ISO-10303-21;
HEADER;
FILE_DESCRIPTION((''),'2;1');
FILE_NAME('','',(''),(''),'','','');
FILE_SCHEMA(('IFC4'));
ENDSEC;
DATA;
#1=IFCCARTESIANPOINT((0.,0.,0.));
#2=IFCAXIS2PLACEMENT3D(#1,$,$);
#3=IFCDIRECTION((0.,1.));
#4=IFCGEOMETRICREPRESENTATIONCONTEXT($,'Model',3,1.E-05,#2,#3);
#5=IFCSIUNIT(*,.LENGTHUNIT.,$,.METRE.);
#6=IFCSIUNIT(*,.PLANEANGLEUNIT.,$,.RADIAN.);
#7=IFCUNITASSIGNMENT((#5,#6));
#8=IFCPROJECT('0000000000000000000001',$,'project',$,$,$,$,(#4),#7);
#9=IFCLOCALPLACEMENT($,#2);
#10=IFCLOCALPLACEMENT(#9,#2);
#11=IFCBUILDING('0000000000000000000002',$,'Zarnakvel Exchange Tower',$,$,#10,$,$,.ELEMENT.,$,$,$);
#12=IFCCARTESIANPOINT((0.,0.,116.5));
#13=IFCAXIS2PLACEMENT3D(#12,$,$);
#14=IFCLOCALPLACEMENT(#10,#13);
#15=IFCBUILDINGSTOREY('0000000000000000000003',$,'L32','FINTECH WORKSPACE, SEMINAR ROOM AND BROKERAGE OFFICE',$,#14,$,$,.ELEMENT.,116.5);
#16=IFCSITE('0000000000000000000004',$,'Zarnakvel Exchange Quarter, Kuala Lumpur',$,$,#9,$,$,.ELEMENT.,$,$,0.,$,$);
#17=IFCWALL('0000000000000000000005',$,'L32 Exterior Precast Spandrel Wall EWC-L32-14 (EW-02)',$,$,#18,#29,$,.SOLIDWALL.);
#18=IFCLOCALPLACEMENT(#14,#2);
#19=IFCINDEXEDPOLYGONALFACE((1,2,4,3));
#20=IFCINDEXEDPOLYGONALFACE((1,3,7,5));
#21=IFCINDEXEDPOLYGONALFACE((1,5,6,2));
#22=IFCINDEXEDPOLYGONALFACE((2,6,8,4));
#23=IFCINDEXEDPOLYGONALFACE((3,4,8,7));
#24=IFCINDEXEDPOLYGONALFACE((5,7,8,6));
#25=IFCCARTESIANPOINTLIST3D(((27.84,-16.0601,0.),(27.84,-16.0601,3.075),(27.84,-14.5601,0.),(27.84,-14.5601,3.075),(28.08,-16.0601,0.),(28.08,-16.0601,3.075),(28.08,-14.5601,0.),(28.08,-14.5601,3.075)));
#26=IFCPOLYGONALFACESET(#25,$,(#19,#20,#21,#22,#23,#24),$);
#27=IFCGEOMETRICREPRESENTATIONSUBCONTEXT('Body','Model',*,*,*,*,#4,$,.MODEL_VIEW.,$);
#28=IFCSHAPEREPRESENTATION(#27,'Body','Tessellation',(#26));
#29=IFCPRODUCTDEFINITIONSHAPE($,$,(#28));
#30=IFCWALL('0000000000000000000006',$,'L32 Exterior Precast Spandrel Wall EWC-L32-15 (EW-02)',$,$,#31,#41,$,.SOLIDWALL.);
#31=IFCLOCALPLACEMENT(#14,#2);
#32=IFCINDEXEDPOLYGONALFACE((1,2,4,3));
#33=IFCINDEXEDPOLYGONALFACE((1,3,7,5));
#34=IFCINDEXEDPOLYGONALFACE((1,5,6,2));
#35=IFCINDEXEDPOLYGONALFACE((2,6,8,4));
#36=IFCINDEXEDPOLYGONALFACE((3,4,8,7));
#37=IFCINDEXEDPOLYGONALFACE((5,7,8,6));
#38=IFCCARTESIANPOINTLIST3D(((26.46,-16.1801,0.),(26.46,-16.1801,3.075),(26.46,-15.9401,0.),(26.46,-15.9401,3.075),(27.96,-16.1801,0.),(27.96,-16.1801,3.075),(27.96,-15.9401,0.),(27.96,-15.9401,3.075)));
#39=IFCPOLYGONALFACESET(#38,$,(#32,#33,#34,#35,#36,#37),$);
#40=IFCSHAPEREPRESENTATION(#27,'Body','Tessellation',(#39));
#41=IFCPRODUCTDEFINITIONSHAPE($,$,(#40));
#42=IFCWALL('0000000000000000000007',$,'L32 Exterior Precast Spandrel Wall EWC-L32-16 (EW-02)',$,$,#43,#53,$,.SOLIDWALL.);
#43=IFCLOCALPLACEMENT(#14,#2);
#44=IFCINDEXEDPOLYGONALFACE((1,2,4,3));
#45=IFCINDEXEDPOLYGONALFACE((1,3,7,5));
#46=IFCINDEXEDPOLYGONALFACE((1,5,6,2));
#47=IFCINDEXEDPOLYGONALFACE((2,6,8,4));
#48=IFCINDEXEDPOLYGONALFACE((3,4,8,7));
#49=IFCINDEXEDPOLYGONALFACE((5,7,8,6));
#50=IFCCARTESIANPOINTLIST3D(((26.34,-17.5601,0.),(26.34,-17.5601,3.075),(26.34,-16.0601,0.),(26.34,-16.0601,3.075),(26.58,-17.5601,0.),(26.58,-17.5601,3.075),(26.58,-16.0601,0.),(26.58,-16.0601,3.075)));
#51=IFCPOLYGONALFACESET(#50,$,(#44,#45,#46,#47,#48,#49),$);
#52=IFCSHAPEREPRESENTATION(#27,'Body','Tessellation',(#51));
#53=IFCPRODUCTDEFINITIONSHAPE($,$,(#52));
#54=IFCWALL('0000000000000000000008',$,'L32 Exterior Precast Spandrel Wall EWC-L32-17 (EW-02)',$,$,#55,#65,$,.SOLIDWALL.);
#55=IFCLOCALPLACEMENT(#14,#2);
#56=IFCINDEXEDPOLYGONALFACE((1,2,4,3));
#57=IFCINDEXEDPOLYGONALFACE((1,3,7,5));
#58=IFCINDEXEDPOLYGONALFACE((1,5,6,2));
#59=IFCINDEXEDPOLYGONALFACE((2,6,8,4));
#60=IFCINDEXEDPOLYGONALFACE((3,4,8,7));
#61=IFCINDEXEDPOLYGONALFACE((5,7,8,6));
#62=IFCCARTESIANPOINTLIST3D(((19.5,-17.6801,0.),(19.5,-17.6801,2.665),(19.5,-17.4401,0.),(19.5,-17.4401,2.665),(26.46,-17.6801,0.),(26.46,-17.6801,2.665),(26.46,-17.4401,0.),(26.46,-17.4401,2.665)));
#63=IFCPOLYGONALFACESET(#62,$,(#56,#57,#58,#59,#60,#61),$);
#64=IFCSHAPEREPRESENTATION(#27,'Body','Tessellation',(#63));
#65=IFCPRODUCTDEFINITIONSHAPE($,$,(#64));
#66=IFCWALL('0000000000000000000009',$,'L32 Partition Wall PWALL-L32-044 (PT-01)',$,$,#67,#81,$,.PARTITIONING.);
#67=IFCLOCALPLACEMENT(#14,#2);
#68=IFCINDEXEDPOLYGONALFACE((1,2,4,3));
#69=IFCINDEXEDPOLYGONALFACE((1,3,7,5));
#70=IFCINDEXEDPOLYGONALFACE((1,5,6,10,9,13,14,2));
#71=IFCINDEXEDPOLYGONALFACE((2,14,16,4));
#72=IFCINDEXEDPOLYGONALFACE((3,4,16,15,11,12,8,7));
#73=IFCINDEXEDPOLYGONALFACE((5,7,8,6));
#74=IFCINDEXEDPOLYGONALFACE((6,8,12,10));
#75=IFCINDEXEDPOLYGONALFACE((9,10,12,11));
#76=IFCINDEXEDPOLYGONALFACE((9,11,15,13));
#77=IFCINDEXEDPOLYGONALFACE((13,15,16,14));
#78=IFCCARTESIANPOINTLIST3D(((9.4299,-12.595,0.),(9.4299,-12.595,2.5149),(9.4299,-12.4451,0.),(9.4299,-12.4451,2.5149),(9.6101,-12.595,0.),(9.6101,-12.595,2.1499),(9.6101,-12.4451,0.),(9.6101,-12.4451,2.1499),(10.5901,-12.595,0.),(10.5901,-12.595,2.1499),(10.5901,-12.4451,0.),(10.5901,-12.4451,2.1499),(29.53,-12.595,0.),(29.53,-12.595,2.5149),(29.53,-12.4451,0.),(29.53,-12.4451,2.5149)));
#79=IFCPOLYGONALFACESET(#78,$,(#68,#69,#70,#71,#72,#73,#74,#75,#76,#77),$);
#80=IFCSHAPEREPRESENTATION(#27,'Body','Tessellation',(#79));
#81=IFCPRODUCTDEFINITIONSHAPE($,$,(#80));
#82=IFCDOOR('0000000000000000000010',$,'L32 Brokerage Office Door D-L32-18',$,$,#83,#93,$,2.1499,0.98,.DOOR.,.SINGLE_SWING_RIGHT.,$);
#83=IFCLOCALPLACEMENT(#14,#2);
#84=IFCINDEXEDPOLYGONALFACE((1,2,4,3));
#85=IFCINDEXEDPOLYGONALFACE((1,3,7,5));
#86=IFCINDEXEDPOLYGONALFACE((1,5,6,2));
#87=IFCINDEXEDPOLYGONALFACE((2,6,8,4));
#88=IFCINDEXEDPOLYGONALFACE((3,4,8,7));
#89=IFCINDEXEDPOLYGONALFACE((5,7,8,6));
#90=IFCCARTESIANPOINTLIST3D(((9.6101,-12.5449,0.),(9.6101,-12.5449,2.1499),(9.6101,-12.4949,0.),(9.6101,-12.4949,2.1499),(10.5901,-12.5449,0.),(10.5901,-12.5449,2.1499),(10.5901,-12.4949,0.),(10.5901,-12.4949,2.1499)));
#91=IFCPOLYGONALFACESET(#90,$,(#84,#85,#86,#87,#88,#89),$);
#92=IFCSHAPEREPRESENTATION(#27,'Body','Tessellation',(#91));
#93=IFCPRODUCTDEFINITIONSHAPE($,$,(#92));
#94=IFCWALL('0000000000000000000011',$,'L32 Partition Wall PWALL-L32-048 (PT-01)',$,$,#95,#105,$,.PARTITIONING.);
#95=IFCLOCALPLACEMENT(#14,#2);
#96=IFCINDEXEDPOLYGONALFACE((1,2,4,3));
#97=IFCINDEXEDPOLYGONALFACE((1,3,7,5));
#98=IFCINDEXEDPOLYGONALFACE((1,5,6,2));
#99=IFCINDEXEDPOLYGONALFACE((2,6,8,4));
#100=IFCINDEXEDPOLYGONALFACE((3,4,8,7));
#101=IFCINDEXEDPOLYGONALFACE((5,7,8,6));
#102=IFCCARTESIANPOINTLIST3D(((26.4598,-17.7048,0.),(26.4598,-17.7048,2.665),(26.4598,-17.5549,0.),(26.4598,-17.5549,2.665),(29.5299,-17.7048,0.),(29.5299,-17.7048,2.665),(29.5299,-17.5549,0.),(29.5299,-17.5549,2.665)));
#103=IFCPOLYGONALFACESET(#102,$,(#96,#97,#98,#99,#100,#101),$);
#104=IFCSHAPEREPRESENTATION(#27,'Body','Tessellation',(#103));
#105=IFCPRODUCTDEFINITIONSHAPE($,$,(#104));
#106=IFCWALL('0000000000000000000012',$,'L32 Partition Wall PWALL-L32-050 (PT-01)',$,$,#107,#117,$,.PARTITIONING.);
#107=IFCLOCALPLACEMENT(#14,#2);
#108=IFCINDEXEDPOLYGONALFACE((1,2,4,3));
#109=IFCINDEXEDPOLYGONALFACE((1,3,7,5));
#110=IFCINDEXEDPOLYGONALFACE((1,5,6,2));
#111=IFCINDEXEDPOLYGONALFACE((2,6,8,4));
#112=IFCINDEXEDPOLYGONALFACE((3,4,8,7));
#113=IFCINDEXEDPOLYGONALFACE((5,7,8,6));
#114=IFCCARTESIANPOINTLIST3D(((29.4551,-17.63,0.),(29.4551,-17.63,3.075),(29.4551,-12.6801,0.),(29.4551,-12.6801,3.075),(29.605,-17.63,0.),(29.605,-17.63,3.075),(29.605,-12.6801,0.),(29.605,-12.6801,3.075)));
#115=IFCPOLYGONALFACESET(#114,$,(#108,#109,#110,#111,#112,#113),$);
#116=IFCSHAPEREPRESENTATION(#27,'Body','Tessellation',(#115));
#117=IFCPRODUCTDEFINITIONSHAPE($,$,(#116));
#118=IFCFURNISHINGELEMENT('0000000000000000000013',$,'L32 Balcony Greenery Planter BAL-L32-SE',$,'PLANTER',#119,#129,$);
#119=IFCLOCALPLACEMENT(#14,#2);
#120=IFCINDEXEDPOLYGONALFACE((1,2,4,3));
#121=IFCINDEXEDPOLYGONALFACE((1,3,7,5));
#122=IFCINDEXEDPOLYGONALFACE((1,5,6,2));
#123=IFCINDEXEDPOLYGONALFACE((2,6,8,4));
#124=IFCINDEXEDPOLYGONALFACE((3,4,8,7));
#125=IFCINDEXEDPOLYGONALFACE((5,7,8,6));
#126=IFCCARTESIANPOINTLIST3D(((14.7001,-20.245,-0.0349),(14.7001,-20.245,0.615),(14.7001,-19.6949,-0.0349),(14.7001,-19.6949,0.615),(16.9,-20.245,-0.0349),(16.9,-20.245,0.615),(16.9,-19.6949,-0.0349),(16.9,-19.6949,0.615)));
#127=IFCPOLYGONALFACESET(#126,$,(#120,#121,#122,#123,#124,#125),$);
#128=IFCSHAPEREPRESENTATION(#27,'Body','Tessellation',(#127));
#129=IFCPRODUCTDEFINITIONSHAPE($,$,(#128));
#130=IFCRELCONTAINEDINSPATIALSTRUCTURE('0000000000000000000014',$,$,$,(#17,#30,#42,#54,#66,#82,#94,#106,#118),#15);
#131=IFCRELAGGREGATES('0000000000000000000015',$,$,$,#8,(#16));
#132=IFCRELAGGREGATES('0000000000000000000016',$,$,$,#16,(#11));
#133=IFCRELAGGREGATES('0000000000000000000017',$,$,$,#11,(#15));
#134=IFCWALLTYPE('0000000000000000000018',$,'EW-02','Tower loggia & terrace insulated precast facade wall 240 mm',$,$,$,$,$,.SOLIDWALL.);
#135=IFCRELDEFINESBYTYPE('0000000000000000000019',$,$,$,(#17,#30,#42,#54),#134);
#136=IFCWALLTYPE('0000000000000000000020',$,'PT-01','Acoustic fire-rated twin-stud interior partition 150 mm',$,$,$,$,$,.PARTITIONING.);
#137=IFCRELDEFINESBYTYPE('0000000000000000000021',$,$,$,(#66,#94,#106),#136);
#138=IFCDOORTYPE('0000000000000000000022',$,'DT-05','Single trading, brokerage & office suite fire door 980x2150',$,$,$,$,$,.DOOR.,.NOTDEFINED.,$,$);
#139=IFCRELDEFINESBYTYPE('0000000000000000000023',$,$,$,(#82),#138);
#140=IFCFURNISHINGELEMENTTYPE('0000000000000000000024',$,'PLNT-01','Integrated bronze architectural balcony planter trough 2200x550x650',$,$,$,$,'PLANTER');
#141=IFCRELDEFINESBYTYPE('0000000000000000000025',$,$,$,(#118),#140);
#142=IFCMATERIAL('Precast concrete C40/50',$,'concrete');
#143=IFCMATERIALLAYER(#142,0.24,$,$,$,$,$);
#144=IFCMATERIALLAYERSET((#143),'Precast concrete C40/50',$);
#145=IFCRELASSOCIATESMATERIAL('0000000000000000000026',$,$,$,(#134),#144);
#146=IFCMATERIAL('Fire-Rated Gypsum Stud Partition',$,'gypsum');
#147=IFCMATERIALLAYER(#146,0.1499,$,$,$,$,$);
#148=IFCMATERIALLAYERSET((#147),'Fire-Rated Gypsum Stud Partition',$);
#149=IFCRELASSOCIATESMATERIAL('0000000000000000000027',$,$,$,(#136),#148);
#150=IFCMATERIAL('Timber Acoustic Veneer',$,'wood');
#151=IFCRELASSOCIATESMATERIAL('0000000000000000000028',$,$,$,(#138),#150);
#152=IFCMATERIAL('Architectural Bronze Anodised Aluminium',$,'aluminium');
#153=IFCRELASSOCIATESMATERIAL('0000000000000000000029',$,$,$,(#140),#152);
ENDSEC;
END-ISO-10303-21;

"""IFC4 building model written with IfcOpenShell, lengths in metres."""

from ifc_helpers import new_model, si_unit, direction, frame, frame_2d, origin, origin_2d, place, context, subcontext, project, spatial, rectangle, extrude, source, transform, mapped, material, layer, layer_set, type_object, element, fill, save


model = new_model("IFC4")

# Units and contexts
model_context = context("Model", 3, precision=1e-05, world=origin(), true_north=direction((0.0, 1.0)))
body_context = subcontext(model_context, "Body", "Model", "MODEL_VIEW")
ifc_project = project(units=[si_unit("LENGTHUNIT", "METRE"), si_unit("PLANEANGLEUNIT", "RADIAN")], contexts=[model_context])

# Site, building, storey
site_placement = place(None, origin())
site = spatial("IfcSite", under=ifc_project, at=site_placement, Name="Zarnakvel Exchange Quarter, Kuala Lumpur", CompositionType="ELEMENT", RefElevation=0.0)
building_placement = place(site_placement, origin())
building = spatial("IfcBuilding", under=site, at=building_placement, Name="Zarnakvel Exchange Tower", CompositionType="ELEMENT")
storey_placement = place(building_placement, frame((0.0, 0.0, 116.5)))
storey = spatial("IfcBuildingStorey", under=building, at=storey_placement, Name="L32", Description="FINTECH WORKSPACE, SEMINAR ROOM AND BROKERAGE OFFICE", CompositionType="ELEMENT", Elevation=116.5)

# Shared definitions
ifc_material_1 = material(Name="Architectural Bronze Anodised Aluminium", Category="aluminium")

# Shared definitions
ifc_material_2 = material(Name="Precast concrete C40/50", Category="concrete")
ifc_layer_1 = layer(ifc_material_2, 0.24)
ifc_layer_set_1 = layer_set([ifc_layer_1], Name="Precast concrete C40/50")
wall_type_1 = type_object("IfcWallType", Name="EW-02", Description="Tower loggia & terrace insulated precast facade wall 240 mm", PredefinedType="SOLIDWALL", material=ifc_layer_set_1)

# Walls
for number, where, z_axis, x_axis, name in (
    (1, (27.96, -16.0601, 0.0), (0.0, 0.0, 1.0), (0.0, 1.0, 0.0), "L32 Exterior Precast Spandrel Wall EWC-L32-14 (EW-02)"),
    (2, (26.46, -16.0601, 0.0), (0.0, 0.0, 1.0), (1.0, 0.0, 0.0), "L32 Exterior Precast Spandrel Wall EWC-L32-15 (EW-02)"),
    (3, (26.46, -17.5601, 0.0), (0.0, 0.0, 1.0), (0.0, 1.0, 0.0), "L32 Exterior Precast Spandrel Wall EWC-L32-16 (EW-02)"),
):
    element("IfcWall", number, at=place(storey_placement, frame(where, z_axis=z_axis, x_axis=x_axis)), inside=storey, type_object=wall_type_1, Name=name, PredefinedType="SOLIDWALL", context=body_context, shape_type="SweptSolid", body=[
        extrude(rectangle(XDim=1.5, YDim=0.24, at=frame_2d((0.75, 0.0))), origin(), (0.0, 0.0, 1.0), 3.075),
    ])
wall_1_placement = place(storey_placement, frame((19.5, -17.5601, 0.0), z_axis=(0.0, 0.0, 1.0), x_axis=(1.0, 0.0, 0.0)))
element("IfcWall", 4, at=wall_1_placement, inside=storey, type_object=wall_type_1, Name="L32 Exterior Precast Spandrel Wall EWC-L32-17 (EW-02)", PredefinedType="SOLIDWALL", context=body_context, shape_type="SweptSolid", body=[
    extrude(rectangle(XDim=6.96, YDim=0.24, at=frame_2d((3.48, 0.0))), origin(), (0.0, 0.0, 1.0), 2.665),
])

# Wall, opening, door
ifc_material_3 = material(Name="Fire-Rated Gypsum Stud Partition", Category="gypsum")
ifc_layer_2 = layer(ifc_material_3, 0.1499)
ifc_layer_set_2 = layer_set([ifc_layer_2], Name="Fire-Rated Gypsum Stud Partition")
wall_type_2 = type_object("IfcWallType", Name="PT-01", Description="Acoustic fire-rated twin-stud interior partition 150 mm", PredefinedType="PARTITIONING", material=ifc_layer_set_2)
wall_2_placement = place(storey_placement, frame((29.53, -12.52, 0.0), z_axis=(0.0, 0.0, 1.0), x_axis=(-1.0, 0.0, 0.0)))
wall_2 = element("IfcWall", 5, at=wall_2_placement, inside=storey, type_object=wall_type_2, Name="L32 Partition Wall PWALL-L32-044 (PT-01)", PredefinedType="PARTITIONING", context=body_context, shape_type="SweptSolid", body=[
    extrude(rectangle(XDim=20.1001, YDim=0.1499, at=frame_2d((10.05, 0.0))), origin(), (0.0, 0.0, 1.0), 2.5149),
])
opening_1_placement = place(wall_2_placement, frame((18.9399, 0.0, 0.0)))
opening_1 = element("IfcOpeningElement", 6, at=opening_1_placement, cuts=wall_2, PredefinedType="OPENING", context=body_context, shape_type="SweptSolid", body=[
    extrude(rectangle(XDim=0.98, YDim=2.1499, at=frame_2d((0.49, 1.075))), frame((0.0, 0.085, 0.0), z_axis=(0.0, -1.0, 0.0), x_axis=(1.0, 0.0, 0.0)), (0.0, 0.0, 1.0), 0.1699),
])
ifc_material_4 = material(Name="Timber Acoustic Veneer", Category="wood")
door_type_1 = type_object("IfcDoorType", Name="DT-05", Description="Single trading, brokerage & office suite fire door 980x2150", OperationType="NOTDEFINED", PredefinedType="DOOR", material=ifc_material_4)
shared_shape_1 = source(origin(), body_context, "Body", "SweptSolid", [
    extrude(rectangle(XDim=0.98, YDim=2.1499, at=frame_2d((0.49, 1.075))), frame((0.0, 0.0249, 0.0), z_axis=(0.0, -1.0, 0.0), x_axis=(1.0, 0.0, 0.0)), (0.0, 0.0, 1.0), 0.05),
])
door_1_placement = place(opening_1_placement, origin())
door_1 = element("IfcDoor", 7, at=door_1_placement, inside=storey, type_object=door_type_1, Name="L32 Brokerage Office Door D-L32-18", OperationType="SINGLE_SWING_RIGHT", OverallHeight=2.1499, OverallWidth=0.98, PredefinedType="DOOR", context=body_context, shape_type="MappedRepresentation", body=[
    mapped(shared_shape_1, transform((0.0, 0.0, 0.0), x_axis=(1.0, 0.0, 0.0), y_axis=(0.0, 1.0, 0.0), z_axis=(0.0, 0.0, 1.0), scale=1.0)),
])
fill(opening_1, door_1)

# Walls
wall_3_placement = place(storey_placement, frame((29.53, -17.6299, 0.0), z_axis=(0.0, 0.0, 1.0), x_axis=(-1.0, 0.0, 0.0)))
element("IfcWall", 8, at=wall_3_placement, inside=storey, type_object=wall_type_2, Name="L32 Partition Wall PWALL-L32-048 (PT-01)", PredefinedType="PARTITIONING", context=body_context, shape_type="SweptSolid", body=[
    extrude(rectangle(XDim=3.0701, YDim=0.1499, at=frame_2d((1.5352, 0.0))), origin(), (0.0, 0.0, 1.0), 2.665),
])
wall_4_placement = place(storey_placement, frame((29.53, -12.6799, 0.0), z_axis=(0.0, 0.0, 1.0), x_axis=(0.0, -1.0, 0.0)))
element("IfcWall", 9, at=wall_4_placement, inside=storey, type_object=wall_type_2, Name="L32 Partition Wall PWALL-L32-050 (PT-01)", PredefinedType="PARTITIONING", context=body_context, shape_type="SweptSolid", body=[
    extrude(rectangle(XDim=4.95, YDim=0.1499, at=frame_2d((2.4751, 0.0))), origin(), (0.0, 0.0, 1.0), 3.075),
])

# Furnishing element
furnishing_element_type = type_object("IfcFurnishingElementType", Name="PLNT-01", Description="Integrated bronze architectural balcony planter trough 2200x550x650", ElementType="PLANTER", material=ifc_material_1)
shared_shape_2 = source(origin(), body_context, "Body", "SweptSolid", [
    extrude(rectangle(XDim=2.2, YDim=0.55, at=origin_2d()), origin(), (0.0, 0.0, 1.0), 0.6499),
])
furnishing_placement = place(storey_placement, frame((15.8, -19.97, -0.0349), z_axis=(0.0, 0.0, 1.0), x_axis=(1.0, 0.0, 0.0)))
element("IfcFurnishingElement", 10, at=furnishing_placement, inside=storey, type_object=furnishing_element_type, Name="L32 Balcony Greenery Planter BAL-L32-SE", ObjectType="PLANTER", context=body_context, shape_type="MappedRepresentation", body=[
    mapped(shared_shape_2, transform((0.0, 0.0, 0.0), x_axis=(1.0, 0.0, 0.0), y_axis=(0.0, 1.0, 0.0), z_axis=(0.0, 0.0, 1.0), scale=1.0)),
])

save(model, "model.ifc")
